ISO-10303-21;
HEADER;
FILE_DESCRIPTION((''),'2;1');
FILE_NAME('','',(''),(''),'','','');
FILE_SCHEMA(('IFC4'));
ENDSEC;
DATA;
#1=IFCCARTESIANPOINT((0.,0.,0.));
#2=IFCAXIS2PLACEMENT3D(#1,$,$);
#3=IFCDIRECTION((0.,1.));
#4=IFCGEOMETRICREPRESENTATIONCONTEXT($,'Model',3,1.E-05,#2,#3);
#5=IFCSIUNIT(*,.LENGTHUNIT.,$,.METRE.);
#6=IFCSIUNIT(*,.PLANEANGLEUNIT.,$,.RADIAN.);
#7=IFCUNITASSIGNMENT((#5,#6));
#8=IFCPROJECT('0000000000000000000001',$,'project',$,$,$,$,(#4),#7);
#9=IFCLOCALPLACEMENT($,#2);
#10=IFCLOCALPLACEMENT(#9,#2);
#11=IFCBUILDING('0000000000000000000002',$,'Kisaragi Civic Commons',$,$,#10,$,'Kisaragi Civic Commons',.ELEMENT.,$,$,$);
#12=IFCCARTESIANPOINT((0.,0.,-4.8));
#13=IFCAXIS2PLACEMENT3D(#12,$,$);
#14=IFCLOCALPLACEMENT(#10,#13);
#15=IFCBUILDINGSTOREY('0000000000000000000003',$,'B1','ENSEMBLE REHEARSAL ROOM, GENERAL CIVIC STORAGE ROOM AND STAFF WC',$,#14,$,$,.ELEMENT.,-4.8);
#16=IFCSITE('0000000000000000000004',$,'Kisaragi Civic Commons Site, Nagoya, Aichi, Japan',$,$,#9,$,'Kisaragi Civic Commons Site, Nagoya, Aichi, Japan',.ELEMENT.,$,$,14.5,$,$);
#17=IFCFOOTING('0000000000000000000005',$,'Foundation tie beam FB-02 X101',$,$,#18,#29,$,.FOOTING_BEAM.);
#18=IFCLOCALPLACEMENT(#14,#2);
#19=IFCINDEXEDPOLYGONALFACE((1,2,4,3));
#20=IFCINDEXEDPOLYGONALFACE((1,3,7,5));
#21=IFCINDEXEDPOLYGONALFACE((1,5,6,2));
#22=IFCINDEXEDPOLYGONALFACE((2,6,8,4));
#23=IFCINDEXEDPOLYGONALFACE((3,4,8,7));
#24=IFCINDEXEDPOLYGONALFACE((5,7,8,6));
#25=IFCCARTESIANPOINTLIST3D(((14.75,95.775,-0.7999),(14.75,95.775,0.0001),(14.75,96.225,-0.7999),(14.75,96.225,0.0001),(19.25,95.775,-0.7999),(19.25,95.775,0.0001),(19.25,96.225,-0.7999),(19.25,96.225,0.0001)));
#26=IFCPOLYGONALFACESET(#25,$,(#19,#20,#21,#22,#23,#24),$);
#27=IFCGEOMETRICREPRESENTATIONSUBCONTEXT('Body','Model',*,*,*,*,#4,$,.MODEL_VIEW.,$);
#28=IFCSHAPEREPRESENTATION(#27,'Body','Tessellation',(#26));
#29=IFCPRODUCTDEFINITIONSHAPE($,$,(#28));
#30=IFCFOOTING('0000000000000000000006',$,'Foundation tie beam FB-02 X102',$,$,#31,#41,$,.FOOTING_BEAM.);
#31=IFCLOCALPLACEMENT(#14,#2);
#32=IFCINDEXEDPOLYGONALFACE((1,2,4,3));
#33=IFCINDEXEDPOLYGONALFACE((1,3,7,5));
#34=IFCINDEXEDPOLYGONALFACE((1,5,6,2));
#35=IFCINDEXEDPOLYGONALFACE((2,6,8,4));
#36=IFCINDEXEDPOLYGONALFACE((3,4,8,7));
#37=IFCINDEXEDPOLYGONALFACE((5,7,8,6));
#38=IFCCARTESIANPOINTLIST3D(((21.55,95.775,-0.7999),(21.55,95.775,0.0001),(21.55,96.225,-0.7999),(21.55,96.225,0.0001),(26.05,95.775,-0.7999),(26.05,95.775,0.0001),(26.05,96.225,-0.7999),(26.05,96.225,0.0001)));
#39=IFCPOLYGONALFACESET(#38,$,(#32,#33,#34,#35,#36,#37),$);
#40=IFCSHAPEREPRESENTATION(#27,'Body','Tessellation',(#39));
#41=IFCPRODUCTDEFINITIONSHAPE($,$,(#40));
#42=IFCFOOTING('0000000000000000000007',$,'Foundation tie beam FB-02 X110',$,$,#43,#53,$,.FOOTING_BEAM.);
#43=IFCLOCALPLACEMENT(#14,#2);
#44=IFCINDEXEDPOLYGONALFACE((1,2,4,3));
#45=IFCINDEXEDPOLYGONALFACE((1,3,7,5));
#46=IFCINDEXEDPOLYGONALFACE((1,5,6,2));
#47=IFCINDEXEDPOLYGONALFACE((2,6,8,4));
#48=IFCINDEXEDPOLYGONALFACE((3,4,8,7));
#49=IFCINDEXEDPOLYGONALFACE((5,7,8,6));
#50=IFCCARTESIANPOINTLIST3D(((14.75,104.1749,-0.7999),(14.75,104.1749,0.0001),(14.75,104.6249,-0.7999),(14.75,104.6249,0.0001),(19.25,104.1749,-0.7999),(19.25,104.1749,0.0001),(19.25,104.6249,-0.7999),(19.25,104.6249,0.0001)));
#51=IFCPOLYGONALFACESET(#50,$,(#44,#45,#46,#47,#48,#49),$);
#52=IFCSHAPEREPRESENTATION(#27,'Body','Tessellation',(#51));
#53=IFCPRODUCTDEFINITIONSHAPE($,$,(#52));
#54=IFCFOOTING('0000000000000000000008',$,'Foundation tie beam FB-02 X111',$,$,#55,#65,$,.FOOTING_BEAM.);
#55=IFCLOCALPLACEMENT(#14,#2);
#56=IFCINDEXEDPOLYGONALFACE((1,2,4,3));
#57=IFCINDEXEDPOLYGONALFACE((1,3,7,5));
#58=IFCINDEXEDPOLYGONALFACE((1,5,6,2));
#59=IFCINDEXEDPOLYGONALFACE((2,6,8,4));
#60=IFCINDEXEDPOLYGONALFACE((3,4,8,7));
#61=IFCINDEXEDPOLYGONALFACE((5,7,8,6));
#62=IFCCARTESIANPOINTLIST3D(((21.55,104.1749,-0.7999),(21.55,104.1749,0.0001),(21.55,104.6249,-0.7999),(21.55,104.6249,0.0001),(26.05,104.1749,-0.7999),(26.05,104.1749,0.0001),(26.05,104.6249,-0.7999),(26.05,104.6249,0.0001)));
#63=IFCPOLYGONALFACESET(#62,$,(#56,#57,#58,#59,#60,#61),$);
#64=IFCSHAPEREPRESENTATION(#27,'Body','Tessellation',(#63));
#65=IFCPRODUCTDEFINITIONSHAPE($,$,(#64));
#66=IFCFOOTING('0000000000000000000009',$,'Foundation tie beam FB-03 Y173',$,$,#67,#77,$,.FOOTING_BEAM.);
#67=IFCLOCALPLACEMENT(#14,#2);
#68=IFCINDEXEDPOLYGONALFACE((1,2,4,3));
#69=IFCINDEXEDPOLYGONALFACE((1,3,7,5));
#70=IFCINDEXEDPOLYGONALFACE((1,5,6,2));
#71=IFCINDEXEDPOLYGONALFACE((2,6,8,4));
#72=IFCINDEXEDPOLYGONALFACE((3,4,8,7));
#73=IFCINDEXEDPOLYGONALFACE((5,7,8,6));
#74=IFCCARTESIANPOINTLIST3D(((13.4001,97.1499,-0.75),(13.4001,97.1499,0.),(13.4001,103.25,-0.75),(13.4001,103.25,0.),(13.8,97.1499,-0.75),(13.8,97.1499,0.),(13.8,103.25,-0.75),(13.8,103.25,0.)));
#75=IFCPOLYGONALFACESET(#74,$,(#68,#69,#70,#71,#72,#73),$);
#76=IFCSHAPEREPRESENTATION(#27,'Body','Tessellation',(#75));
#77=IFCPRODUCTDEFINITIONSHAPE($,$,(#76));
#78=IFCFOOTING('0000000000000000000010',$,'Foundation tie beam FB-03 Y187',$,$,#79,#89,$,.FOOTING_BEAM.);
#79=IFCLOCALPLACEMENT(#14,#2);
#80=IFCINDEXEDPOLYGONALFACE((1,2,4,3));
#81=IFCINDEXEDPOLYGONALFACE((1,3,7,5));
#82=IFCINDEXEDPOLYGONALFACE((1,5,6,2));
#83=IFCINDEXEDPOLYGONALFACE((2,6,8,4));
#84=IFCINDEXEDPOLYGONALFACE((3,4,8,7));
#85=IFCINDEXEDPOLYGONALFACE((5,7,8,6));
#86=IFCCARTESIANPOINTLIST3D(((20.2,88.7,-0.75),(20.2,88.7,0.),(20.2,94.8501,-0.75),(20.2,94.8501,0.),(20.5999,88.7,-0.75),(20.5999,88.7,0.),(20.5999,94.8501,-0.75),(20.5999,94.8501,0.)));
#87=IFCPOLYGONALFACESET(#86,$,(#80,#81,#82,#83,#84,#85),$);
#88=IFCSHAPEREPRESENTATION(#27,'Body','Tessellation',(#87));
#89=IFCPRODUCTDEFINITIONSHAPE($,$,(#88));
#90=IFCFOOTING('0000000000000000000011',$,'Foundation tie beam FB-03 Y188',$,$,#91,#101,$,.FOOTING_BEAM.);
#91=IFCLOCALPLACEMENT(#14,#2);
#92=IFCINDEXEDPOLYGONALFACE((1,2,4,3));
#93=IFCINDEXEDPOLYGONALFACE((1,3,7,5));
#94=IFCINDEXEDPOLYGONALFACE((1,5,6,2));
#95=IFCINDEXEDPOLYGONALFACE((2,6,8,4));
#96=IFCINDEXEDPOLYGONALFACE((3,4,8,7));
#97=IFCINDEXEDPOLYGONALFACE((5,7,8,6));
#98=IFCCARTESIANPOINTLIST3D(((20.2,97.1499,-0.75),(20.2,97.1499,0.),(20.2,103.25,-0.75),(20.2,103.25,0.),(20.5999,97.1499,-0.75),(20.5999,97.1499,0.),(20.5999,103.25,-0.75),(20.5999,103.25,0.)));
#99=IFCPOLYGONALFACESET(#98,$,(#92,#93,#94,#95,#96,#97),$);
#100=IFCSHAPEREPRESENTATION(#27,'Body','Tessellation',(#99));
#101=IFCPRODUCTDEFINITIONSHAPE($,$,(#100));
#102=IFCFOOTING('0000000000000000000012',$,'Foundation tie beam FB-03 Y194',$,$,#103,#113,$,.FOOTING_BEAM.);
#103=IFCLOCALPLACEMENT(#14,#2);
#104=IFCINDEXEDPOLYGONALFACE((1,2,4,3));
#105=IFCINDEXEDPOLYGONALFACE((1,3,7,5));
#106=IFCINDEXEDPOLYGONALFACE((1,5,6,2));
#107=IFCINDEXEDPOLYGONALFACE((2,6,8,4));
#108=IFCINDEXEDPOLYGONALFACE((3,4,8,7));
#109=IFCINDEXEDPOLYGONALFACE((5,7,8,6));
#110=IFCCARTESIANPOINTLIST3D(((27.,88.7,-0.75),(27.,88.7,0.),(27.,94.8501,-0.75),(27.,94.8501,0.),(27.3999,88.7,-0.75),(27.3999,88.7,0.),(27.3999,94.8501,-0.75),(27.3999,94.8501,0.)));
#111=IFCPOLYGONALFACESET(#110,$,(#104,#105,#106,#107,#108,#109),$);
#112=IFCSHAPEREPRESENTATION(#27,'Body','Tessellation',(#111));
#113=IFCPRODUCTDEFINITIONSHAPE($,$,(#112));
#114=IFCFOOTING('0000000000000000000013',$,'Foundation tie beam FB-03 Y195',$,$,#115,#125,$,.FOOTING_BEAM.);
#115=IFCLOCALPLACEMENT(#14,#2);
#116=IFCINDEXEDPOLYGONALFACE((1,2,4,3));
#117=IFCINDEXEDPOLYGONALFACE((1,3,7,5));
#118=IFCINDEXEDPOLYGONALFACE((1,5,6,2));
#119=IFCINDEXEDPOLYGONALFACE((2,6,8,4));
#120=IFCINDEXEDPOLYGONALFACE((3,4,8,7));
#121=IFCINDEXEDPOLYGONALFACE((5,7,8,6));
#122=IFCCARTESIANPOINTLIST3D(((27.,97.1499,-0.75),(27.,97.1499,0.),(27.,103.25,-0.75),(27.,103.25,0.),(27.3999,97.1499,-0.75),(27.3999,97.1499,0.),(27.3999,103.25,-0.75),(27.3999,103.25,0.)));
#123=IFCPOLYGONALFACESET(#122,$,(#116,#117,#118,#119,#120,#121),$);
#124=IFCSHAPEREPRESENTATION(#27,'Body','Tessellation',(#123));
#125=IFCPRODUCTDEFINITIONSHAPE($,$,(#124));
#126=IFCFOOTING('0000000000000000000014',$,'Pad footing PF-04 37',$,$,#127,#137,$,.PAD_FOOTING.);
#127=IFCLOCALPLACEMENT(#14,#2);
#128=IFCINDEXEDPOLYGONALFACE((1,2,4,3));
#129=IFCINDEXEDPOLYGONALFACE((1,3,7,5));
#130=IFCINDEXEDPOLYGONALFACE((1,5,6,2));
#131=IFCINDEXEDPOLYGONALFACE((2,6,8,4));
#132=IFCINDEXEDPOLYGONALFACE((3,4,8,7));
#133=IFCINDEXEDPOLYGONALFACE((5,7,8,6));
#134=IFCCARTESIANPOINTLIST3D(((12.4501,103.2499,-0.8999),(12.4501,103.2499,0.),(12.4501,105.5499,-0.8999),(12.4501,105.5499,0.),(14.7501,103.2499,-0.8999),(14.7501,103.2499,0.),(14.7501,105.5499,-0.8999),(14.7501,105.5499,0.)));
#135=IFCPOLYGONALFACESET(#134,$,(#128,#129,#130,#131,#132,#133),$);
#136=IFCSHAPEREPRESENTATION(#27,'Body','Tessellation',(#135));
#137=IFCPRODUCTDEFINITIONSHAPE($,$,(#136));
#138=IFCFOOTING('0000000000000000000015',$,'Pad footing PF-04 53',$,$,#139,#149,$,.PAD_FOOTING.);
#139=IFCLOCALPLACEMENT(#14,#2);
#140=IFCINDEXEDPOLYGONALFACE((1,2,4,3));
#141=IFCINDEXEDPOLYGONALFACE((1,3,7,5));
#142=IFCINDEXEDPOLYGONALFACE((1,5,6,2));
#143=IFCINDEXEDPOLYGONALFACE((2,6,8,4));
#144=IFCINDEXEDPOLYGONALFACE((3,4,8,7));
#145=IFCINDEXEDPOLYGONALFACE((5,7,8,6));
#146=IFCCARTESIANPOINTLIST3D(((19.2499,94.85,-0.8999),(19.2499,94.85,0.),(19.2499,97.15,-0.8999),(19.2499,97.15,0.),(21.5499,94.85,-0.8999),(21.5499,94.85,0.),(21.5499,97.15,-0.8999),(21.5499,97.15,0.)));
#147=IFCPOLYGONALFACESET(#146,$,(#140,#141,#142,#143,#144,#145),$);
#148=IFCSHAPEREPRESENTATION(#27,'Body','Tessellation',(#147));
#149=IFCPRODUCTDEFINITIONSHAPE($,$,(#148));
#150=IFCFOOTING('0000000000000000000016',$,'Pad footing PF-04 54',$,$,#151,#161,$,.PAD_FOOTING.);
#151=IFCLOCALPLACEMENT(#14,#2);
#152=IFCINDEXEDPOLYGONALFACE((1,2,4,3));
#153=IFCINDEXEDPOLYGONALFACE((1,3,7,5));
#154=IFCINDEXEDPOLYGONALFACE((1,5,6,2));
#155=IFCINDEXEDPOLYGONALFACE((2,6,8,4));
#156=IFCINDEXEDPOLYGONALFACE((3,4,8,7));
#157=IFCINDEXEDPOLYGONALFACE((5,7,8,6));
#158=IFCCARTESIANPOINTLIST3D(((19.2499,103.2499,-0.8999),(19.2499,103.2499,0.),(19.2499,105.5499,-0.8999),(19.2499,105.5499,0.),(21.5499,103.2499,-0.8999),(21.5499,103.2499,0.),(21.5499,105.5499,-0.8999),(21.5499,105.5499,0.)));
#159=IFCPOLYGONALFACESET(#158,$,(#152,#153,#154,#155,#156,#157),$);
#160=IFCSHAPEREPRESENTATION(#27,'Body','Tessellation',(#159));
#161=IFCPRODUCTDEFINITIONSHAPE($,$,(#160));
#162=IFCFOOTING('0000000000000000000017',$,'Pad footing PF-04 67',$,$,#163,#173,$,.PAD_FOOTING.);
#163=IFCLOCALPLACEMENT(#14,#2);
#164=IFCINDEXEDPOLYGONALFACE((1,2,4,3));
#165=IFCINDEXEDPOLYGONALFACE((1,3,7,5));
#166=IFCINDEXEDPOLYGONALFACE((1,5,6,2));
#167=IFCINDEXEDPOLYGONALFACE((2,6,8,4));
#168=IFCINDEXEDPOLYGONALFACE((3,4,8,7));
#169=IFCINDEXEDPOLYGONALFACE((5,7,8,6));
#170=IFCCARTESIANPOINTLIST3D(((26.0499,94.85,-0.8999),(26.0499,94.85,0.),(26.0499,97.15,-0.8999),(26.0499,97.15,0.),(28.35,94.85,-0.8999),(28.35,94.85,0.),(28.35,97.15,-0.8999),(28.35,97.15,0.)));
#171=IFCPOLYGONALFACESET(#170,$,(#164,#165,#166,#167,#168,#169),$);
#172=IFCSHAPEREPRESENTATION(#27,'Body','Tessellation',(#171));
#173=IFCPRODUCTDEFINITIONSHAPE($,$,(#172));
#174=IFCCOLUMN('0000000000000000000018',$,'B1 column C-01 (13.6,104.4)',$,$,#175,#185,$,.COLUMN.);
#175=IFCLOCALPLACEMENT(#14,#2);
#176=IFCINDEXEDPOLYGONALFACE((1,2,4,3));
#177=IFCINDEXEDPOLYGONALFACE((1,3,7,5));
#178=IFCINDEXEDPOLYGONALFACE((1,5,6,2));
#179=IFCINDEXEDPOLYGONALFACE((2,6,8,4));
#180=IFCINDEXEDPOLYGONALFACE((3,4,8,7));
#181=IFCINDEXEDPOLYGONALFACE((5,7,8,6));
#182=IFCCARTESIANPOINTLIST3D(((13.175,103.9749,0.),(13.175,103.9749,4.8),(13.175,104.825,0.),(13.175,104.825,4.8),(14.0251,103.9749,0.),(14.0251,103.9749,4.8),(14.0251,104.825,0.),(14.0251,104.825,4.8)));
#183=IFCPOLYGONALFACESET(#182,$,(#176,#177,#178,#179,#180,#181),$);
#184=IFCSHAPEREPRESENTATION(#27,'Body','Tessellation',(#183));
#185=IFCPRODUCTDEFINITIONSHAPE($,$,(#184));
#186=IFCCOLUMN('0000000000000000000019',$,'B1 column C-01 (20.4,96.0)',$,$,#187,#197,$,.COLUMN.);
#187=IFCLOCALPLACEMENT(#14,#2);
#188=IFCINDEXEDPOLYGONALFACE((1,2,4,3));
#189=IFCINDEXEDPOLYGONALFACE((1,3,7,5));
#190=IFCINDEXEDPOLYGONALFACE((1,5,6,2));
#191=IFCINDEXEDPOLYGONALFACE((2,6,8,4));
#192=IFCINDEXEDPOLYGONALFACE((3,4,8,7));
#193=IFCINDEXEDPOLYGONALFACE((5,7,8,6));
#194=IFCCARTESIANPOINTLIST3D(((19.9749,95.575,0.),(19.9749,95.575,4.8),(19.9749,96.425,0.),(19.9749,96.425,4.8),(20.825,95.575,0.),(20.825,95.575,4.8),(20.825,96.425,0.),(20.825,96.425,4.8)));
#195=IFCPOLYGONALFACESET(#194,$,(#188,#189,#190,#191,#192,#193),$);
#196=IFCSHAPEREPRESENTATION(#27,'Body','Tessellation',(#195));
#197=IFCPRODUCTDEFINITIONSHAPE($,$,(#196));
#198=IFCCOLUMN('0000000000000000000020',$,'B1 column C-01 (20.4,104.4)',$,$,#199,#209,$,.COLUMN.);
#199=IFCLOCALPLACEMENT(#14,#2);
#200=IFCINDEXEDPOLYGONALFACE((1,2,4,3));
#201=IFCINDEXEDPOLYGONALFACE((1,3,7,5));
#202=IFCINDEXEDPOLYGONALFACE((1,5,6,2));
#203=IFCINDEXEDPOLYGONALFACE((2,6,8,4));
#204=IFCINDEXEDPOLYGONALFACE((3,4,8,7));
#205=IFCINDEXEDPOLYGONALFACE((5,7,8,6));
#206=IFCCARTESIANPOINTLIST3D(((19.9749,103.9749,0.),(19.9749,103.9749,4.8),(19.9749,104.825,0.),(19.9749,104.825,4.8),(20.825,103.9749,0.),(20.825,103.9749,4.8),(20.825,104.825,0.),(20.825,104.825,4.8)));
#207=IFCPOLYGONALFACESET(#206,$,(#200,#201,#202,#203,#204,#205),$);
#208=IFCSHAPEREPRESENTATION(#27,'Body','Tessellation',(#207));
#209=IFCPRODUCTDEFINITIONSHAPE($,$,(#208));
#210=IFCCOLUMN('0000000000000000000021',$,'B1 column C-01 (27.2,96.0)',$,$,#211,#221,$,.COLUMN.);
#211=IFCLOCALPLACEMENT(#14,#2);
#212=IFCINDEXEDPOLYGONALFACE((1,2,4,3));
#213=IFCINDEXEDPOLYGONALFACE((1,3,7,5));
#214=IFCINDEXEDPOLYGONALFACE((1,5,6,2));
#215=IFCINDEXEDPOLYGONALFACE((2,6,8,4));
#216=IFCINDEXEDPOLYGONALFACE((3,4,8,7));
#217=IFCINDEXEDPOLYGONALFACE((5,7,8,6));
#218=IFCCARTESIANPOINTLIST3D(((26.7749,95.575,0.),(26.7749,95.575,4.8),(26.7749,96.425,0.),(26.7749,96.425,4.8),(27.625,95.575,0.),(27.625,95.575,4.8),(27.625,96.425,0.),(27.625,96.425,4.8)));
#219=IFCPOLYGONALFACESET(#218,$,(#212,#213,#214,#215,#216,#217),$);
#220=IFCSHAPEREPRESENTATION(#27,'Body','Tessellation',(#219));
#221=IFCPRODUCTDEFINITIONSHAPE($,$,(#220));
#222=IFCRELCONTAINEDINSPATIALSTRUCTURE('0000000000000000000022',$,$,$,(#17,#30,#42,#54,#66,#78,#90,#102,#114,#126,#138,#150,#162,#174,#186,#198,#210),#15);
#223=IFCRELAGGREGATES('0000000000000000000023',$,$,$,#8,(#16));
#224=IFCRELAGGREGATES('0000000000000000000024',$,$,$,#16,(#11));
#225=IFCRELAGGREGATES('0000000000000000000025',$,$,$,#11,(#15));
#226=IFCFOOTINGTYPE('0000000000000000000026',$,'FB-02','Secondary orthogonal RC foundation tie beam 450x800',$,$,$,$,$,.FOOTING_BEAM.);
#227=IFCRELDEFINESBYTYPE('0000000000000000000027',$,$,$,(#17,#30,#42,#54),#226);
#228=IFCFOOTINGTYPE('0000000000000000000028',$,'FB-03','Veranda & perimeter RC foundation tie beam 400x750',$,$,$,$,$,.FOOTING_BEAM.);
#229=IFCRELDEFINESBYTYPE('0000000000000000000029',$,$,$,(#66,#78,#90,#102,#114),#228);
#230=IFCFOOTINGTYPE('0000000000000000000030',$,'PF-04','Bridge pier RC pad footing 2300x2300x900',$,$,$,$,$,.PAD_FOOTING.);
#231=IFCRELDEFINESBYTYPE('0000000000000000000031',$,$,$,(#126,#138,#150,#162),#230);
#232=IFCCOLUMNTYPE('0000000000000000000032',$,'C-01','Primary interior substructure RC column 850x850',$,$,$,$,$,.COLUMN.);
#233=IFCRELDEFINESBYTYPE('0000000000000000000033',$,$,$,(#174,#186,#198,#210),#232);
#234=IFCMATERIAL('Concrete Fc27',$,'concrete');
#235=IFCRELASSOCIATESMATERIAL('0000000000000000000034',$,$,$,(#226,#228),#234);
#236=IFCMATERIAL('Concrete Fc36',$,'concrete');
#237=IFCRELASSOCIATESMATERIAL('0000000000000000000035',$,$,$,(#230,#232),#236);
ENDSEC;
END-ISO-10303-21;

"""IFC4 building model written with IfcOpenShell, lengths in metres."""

from ifc_helpers import new_model, si_unit, direction, frame, origin, origin_2d, place, context, subcontext, project, spatial, rectangle, extrude, material, material_profile, profile_set, type_object, element, save


model = new_model("IFC4")

# Units and contexts
model_context = context("Model", 3, precision=1e-05, world=origin(), true_north=direction((0.0, 1.0)))
body_context = subcontext(model_context, "Body", "Model", "MODEL_VIEW")
ifc_project = project(units=[si_unit("LENGTHUNIT", "METRE"), si_unit("PLANEANGLEUNIT", "RADIAN")], contexts=[model_context])

# Site, building, storey
site_placement = place(None, origin())
site = spatial("IfcSite", under=ifc_project, at=site_placement, Name="Kisaragi Civic Commons Site, Nagoya, Aichi, Japan", LongName="Kisaragi Civic Commons Site, Nagoya, Aichi, Japan", CompositionType="ELEMENT", RefElevation=14.5)
building_placement = place(site_placement, origin())
building = spatial("IfcBuilding", under=site, at=building_placement, Name="Kisaragi Civic Commons", LongName="Kisaragi Civic Commons", CompositionType="ELEMENT")
storey_placement = place(building_placement, frame((0.0, 0.0, -4.8)))
storey = spatial("IfcBuildingStorey", under=building, at=storey_placement, Name="B1", Description="ENSEMBLE REHEARSAL ROOM, GENERAL CIVIC STORAGE ROOM AND STAFF WC", CompositionType="ELEMENT", Elevation=-4.8)

# Footings
ifc_material_1 = material(Name="Concrete Fc27", Category="concrete")
ifc_material_profile_1 = material_profile(ifc_material_1, rectangle(XDim=0.45, YDim=0.8, at=origin_2d()), Name="RC-450x800", Category="concrete")
ifc_profile_set_1 = profile_set([ifc_material_profile_1], Name="Concrete Fc27")
footing_type_1 = type_object("IfcFootingType", Name="FB-02", Description="Secondary orthogonal RC foundation tie beam 450x800", PredefinedType="FOOTING_BEAM", material=ifc_profile_set_1)
for number, where, z_axis, x_axis, name in (
    (1, (14.75, 96.0, -0.3999), (1.0, 0.0, 0.0), (0.0, 1.0, 0.0), "Foundation tie beam FB-02 X101"),
    (2, (21.55, 96.0, -0.3999), (1.0, 0.0, 0.0), (0.0, 1.0, 0.0), "Foundation tie beam FB-02 X102"),
    (3, (14.75, 104.3999, -0.3999), (1.0, 0.0, 0.0), (0.0, 1.0, 0.0), "Foundation tie beam FB-02 X110"),
    (4, (21.55, 104.3999, -0.3999), (1.0, 0.0, 0.0), (0.0, 1.0, 0.0), "Foundation tie beam FB-02 X111"),
):
    element("IfcFooting", number, at=place(storey_placement, frame(where, z_axis=z_axis, x_axis=x_axis)), inside=storey, type_object=footing_type_1, Name=name, PredefinedType="FOOTING_BEAM", context=body_context, shape_type="SweptSolid", body=[
        extrude(rectangle(XDim=0.45, YDim=0.8, at=origin_2d()), origin(), (0.0, 0.0, 1.0), 4.5),
    ])
ifc_material_profile_2 = material_profile(ifc_material_1, rectangle(XDim=0.3999, YDim=0.75, at=origin_2d()), Name="RC-400x750", Category="concrete")
ifc_profile_set_2 = profile_set([ifc_material_profile_2], Name="Concrete Fc27")
footing_type_2 = type_object("IfcFootingType", Name="FB-03", Description="Veranda & perimeter RC foundation tie beam 400x750", PredefinedType="FOOTING_BEAM", material=ifc_profile_set_2)
footing_1_placement = place(storey_placement, frame((13.6001, 97.1499, -0.375), z_axis=(0.0, 1.0, 0.0), x_axis=(-1.0, 0.0, 0.0)))
element("IfcFooting", 5, at=footing_1_placement, inside=storey, type_object=footing_type_2, Name="Foundation tie beam FB-03 Y173", PredefinedType="FOOTING_BEAM", context=body_context, shape_type="SweptSolid", body=[
    extrude(rectangle(XDim=0.3999, YDim=0.75, at=origin_2d()), origin(), (0.0, 0.0, 1.0), 6.1001),
])
footing_2_placement = place(storey_placement, frame((20.3999, 88.7, -0.375), z_axis=(0.0, 1.0, 0.0), x_axis=(-1.0, 0.0, 0.0)))
element("IfcFooting", 6, at=footing_2_placement, inside=storey, type_object=footing_type_2, Name="Foundation tie beam FB-03 Y187", PredefinedType="FOOTING_BEAM", context=body_context, shape_type="SweptSolid", body=[
    extrude(rectangle(XDim=0.3999, YDim=0.75, at=origin_2d()), origin(), (0.0, 0.0, 1.0), 6.1501),
])
footing_3_placement = place(storey_placement, frame((20.3999, 97.1499, -0.375), z_axis=(0.0, 1.0, 0.0), x_axis=(-1.0, 0.0, 0.0)))
element("IfcFooting", 7, at=footing_3_placement, inside=storey, type_object=footing_type_2, Name="Foundation tie beam FB-03 Y188", PredefinedType="FOOTING_BEAM", context=body_context, shape_type="SweptSolid", body=[
    extrude(rectangle(XDim=0.3999, YDim=0.75, at=origin_2d()), origin(), (0.0, 0.0, 1.0), 6.1001),
])
footing_4_placement = place(storey_placement, frame((27.2, 88.7, -0.375), z_axis=(0.0, 1.0, 0.0), x_axis=(-1.0, 0.0, 0.0)))
element("IfcFooting", 8, at=footing_4_placement, inside=storey, type_object=footing_type_2, Name="Foundation tie beam FB-03 Y194", PredefinedType="FOOTING_BEAM", context=body_context, shape_type="SweptSolid", body=[
    extrude(rectangle(XDim=0.3999, YDim=0.75, at=origin_2d()), origin(), (0.0, 0.0, 1.0), 6.1501),
])
footing_5_placement = place(storey_placement, frame((27.2, 97.1499, -0.375), z_axis=(0.0, 1.0, 0.0), x_axis=(-1.0, 0.0, 0.0)))
element("IfcFooting", 9, at=footing_5_placement, inside=storey, type_object=footing_type_2, Name="Foundation tie beam FB-03 Y195", PredefinedType="FOOTING_BEAM", context=body_context, shape_type="SweptSolid", body=[
    extrude(rectangle(XDim=0.3999, YDim=0.75, at=origin_2d()), origin(), (0.0, 0.0, 1.0), 6.1001),
])
ifc_material_2 = material(Name="Concrete Fc36", Category="concrete")
footing_type_3 = type_object("IfcFootingType", Name="PF-04", Description="Bridge pier RC pad footing 2300x2300x900", PredefinedType="PAD_FOOTING", material=ifc_material_2)
for number, where, z_axis, x_axis, name in (
    (10, (13.6001, 104.3999, -0.8999), (0.0, 0.0, 1.0), (1.0, 0.0, 0.0), "Pad footing PF-04 37"),
    (11, (20.3999, 96.0, -0.8999), (0.0, 0.0, 1.0), (1.0, 0.0, 0.0), "Pad footing PF-04 53"),
    (12, (20.3999, 104.3999, -0.8999), (0.0, 0.0, 1.0), (1.0, 0.0, 0.0), "Pad footing PF-04 54"),
    (13, (27.2, 96.0, -0.8999), (0.0, 0.0, 1.0), (1.0, 0.0, 0.0), "Pad footing PF-04 67"),
):
    element("IfcFooting", number, at=place(storey_placement, frame(where, z_axis=z_axis, x_axis=x_axis)), inside=storey, type_object=footing_type_3, Name=name, PredefinedType="PAD_FOOTING", context=body_context, shape_type="SweptSolid", body=[
        extrude(rectangle(XDim=2.3, YDim=2.3, at=origin_2d()), origin(), (0.0, 0.0, 1.0), 0.8999),
    ])

# Columns
ifc_material_profile_3 = material_profile(ifc_material_2, rectangle(XDim=0.8501, YDim=0.8501, at=origin_2d()), Name="RC-850x850", Category="concrete")
ifc_profile_set_3 = profile_set([ifc_material_profile_3], Name="Concrete Fc36")
column_type = type_object("IfcColumnType", Name="C-01", Description="Primary interior substructure RC column 850x850", PredefinedType="COLUMN", material=ifc_profile_set_3)
for number, where, z_axis, x_axis, name in (
    (14, (13.6001, 104.3999, 0.0), (0.0, 0.0, 1.0), (1.0, 0.0, 0.0), "B1 column C-01 (13.6,104.4)"),
    (15, (20.3999, 96.0, 0.0), (0.0, 0.0, 1.0), (1.0, 0.0, 0.0), "B1 column C-01 (20.4,96.0)"),
    (16, (20.3999, 104.3999, 0.0), (0.0, 0.0, 1.0), (1.0, 0.0, 0.0), "B1 column C-01 (20.4,104.4)"),
    (17, (27.2, 96.0, 0.0), (0.0, 0.0, 1.0), (1.0, 0.0, 0.0), "B1 column C-01 (27.2,96.0)"),
):
    element("IfcColumn", number, at=place(storey_placement, frame(where, z_axis=z_axis, x_axis=x_axis)), inside=storey, type_object=column_type, Name=name, PredefinedType="COLUMN", context=body_context, shape_type="SweptSolid", body=[
        extrude(rectangle(XDim=0.8501, YDim=0.8501, at=origin_2d()), origin(), (0.0, 0.0, 1.0), 4.8),
    ])

save(model, "model.ifc")
